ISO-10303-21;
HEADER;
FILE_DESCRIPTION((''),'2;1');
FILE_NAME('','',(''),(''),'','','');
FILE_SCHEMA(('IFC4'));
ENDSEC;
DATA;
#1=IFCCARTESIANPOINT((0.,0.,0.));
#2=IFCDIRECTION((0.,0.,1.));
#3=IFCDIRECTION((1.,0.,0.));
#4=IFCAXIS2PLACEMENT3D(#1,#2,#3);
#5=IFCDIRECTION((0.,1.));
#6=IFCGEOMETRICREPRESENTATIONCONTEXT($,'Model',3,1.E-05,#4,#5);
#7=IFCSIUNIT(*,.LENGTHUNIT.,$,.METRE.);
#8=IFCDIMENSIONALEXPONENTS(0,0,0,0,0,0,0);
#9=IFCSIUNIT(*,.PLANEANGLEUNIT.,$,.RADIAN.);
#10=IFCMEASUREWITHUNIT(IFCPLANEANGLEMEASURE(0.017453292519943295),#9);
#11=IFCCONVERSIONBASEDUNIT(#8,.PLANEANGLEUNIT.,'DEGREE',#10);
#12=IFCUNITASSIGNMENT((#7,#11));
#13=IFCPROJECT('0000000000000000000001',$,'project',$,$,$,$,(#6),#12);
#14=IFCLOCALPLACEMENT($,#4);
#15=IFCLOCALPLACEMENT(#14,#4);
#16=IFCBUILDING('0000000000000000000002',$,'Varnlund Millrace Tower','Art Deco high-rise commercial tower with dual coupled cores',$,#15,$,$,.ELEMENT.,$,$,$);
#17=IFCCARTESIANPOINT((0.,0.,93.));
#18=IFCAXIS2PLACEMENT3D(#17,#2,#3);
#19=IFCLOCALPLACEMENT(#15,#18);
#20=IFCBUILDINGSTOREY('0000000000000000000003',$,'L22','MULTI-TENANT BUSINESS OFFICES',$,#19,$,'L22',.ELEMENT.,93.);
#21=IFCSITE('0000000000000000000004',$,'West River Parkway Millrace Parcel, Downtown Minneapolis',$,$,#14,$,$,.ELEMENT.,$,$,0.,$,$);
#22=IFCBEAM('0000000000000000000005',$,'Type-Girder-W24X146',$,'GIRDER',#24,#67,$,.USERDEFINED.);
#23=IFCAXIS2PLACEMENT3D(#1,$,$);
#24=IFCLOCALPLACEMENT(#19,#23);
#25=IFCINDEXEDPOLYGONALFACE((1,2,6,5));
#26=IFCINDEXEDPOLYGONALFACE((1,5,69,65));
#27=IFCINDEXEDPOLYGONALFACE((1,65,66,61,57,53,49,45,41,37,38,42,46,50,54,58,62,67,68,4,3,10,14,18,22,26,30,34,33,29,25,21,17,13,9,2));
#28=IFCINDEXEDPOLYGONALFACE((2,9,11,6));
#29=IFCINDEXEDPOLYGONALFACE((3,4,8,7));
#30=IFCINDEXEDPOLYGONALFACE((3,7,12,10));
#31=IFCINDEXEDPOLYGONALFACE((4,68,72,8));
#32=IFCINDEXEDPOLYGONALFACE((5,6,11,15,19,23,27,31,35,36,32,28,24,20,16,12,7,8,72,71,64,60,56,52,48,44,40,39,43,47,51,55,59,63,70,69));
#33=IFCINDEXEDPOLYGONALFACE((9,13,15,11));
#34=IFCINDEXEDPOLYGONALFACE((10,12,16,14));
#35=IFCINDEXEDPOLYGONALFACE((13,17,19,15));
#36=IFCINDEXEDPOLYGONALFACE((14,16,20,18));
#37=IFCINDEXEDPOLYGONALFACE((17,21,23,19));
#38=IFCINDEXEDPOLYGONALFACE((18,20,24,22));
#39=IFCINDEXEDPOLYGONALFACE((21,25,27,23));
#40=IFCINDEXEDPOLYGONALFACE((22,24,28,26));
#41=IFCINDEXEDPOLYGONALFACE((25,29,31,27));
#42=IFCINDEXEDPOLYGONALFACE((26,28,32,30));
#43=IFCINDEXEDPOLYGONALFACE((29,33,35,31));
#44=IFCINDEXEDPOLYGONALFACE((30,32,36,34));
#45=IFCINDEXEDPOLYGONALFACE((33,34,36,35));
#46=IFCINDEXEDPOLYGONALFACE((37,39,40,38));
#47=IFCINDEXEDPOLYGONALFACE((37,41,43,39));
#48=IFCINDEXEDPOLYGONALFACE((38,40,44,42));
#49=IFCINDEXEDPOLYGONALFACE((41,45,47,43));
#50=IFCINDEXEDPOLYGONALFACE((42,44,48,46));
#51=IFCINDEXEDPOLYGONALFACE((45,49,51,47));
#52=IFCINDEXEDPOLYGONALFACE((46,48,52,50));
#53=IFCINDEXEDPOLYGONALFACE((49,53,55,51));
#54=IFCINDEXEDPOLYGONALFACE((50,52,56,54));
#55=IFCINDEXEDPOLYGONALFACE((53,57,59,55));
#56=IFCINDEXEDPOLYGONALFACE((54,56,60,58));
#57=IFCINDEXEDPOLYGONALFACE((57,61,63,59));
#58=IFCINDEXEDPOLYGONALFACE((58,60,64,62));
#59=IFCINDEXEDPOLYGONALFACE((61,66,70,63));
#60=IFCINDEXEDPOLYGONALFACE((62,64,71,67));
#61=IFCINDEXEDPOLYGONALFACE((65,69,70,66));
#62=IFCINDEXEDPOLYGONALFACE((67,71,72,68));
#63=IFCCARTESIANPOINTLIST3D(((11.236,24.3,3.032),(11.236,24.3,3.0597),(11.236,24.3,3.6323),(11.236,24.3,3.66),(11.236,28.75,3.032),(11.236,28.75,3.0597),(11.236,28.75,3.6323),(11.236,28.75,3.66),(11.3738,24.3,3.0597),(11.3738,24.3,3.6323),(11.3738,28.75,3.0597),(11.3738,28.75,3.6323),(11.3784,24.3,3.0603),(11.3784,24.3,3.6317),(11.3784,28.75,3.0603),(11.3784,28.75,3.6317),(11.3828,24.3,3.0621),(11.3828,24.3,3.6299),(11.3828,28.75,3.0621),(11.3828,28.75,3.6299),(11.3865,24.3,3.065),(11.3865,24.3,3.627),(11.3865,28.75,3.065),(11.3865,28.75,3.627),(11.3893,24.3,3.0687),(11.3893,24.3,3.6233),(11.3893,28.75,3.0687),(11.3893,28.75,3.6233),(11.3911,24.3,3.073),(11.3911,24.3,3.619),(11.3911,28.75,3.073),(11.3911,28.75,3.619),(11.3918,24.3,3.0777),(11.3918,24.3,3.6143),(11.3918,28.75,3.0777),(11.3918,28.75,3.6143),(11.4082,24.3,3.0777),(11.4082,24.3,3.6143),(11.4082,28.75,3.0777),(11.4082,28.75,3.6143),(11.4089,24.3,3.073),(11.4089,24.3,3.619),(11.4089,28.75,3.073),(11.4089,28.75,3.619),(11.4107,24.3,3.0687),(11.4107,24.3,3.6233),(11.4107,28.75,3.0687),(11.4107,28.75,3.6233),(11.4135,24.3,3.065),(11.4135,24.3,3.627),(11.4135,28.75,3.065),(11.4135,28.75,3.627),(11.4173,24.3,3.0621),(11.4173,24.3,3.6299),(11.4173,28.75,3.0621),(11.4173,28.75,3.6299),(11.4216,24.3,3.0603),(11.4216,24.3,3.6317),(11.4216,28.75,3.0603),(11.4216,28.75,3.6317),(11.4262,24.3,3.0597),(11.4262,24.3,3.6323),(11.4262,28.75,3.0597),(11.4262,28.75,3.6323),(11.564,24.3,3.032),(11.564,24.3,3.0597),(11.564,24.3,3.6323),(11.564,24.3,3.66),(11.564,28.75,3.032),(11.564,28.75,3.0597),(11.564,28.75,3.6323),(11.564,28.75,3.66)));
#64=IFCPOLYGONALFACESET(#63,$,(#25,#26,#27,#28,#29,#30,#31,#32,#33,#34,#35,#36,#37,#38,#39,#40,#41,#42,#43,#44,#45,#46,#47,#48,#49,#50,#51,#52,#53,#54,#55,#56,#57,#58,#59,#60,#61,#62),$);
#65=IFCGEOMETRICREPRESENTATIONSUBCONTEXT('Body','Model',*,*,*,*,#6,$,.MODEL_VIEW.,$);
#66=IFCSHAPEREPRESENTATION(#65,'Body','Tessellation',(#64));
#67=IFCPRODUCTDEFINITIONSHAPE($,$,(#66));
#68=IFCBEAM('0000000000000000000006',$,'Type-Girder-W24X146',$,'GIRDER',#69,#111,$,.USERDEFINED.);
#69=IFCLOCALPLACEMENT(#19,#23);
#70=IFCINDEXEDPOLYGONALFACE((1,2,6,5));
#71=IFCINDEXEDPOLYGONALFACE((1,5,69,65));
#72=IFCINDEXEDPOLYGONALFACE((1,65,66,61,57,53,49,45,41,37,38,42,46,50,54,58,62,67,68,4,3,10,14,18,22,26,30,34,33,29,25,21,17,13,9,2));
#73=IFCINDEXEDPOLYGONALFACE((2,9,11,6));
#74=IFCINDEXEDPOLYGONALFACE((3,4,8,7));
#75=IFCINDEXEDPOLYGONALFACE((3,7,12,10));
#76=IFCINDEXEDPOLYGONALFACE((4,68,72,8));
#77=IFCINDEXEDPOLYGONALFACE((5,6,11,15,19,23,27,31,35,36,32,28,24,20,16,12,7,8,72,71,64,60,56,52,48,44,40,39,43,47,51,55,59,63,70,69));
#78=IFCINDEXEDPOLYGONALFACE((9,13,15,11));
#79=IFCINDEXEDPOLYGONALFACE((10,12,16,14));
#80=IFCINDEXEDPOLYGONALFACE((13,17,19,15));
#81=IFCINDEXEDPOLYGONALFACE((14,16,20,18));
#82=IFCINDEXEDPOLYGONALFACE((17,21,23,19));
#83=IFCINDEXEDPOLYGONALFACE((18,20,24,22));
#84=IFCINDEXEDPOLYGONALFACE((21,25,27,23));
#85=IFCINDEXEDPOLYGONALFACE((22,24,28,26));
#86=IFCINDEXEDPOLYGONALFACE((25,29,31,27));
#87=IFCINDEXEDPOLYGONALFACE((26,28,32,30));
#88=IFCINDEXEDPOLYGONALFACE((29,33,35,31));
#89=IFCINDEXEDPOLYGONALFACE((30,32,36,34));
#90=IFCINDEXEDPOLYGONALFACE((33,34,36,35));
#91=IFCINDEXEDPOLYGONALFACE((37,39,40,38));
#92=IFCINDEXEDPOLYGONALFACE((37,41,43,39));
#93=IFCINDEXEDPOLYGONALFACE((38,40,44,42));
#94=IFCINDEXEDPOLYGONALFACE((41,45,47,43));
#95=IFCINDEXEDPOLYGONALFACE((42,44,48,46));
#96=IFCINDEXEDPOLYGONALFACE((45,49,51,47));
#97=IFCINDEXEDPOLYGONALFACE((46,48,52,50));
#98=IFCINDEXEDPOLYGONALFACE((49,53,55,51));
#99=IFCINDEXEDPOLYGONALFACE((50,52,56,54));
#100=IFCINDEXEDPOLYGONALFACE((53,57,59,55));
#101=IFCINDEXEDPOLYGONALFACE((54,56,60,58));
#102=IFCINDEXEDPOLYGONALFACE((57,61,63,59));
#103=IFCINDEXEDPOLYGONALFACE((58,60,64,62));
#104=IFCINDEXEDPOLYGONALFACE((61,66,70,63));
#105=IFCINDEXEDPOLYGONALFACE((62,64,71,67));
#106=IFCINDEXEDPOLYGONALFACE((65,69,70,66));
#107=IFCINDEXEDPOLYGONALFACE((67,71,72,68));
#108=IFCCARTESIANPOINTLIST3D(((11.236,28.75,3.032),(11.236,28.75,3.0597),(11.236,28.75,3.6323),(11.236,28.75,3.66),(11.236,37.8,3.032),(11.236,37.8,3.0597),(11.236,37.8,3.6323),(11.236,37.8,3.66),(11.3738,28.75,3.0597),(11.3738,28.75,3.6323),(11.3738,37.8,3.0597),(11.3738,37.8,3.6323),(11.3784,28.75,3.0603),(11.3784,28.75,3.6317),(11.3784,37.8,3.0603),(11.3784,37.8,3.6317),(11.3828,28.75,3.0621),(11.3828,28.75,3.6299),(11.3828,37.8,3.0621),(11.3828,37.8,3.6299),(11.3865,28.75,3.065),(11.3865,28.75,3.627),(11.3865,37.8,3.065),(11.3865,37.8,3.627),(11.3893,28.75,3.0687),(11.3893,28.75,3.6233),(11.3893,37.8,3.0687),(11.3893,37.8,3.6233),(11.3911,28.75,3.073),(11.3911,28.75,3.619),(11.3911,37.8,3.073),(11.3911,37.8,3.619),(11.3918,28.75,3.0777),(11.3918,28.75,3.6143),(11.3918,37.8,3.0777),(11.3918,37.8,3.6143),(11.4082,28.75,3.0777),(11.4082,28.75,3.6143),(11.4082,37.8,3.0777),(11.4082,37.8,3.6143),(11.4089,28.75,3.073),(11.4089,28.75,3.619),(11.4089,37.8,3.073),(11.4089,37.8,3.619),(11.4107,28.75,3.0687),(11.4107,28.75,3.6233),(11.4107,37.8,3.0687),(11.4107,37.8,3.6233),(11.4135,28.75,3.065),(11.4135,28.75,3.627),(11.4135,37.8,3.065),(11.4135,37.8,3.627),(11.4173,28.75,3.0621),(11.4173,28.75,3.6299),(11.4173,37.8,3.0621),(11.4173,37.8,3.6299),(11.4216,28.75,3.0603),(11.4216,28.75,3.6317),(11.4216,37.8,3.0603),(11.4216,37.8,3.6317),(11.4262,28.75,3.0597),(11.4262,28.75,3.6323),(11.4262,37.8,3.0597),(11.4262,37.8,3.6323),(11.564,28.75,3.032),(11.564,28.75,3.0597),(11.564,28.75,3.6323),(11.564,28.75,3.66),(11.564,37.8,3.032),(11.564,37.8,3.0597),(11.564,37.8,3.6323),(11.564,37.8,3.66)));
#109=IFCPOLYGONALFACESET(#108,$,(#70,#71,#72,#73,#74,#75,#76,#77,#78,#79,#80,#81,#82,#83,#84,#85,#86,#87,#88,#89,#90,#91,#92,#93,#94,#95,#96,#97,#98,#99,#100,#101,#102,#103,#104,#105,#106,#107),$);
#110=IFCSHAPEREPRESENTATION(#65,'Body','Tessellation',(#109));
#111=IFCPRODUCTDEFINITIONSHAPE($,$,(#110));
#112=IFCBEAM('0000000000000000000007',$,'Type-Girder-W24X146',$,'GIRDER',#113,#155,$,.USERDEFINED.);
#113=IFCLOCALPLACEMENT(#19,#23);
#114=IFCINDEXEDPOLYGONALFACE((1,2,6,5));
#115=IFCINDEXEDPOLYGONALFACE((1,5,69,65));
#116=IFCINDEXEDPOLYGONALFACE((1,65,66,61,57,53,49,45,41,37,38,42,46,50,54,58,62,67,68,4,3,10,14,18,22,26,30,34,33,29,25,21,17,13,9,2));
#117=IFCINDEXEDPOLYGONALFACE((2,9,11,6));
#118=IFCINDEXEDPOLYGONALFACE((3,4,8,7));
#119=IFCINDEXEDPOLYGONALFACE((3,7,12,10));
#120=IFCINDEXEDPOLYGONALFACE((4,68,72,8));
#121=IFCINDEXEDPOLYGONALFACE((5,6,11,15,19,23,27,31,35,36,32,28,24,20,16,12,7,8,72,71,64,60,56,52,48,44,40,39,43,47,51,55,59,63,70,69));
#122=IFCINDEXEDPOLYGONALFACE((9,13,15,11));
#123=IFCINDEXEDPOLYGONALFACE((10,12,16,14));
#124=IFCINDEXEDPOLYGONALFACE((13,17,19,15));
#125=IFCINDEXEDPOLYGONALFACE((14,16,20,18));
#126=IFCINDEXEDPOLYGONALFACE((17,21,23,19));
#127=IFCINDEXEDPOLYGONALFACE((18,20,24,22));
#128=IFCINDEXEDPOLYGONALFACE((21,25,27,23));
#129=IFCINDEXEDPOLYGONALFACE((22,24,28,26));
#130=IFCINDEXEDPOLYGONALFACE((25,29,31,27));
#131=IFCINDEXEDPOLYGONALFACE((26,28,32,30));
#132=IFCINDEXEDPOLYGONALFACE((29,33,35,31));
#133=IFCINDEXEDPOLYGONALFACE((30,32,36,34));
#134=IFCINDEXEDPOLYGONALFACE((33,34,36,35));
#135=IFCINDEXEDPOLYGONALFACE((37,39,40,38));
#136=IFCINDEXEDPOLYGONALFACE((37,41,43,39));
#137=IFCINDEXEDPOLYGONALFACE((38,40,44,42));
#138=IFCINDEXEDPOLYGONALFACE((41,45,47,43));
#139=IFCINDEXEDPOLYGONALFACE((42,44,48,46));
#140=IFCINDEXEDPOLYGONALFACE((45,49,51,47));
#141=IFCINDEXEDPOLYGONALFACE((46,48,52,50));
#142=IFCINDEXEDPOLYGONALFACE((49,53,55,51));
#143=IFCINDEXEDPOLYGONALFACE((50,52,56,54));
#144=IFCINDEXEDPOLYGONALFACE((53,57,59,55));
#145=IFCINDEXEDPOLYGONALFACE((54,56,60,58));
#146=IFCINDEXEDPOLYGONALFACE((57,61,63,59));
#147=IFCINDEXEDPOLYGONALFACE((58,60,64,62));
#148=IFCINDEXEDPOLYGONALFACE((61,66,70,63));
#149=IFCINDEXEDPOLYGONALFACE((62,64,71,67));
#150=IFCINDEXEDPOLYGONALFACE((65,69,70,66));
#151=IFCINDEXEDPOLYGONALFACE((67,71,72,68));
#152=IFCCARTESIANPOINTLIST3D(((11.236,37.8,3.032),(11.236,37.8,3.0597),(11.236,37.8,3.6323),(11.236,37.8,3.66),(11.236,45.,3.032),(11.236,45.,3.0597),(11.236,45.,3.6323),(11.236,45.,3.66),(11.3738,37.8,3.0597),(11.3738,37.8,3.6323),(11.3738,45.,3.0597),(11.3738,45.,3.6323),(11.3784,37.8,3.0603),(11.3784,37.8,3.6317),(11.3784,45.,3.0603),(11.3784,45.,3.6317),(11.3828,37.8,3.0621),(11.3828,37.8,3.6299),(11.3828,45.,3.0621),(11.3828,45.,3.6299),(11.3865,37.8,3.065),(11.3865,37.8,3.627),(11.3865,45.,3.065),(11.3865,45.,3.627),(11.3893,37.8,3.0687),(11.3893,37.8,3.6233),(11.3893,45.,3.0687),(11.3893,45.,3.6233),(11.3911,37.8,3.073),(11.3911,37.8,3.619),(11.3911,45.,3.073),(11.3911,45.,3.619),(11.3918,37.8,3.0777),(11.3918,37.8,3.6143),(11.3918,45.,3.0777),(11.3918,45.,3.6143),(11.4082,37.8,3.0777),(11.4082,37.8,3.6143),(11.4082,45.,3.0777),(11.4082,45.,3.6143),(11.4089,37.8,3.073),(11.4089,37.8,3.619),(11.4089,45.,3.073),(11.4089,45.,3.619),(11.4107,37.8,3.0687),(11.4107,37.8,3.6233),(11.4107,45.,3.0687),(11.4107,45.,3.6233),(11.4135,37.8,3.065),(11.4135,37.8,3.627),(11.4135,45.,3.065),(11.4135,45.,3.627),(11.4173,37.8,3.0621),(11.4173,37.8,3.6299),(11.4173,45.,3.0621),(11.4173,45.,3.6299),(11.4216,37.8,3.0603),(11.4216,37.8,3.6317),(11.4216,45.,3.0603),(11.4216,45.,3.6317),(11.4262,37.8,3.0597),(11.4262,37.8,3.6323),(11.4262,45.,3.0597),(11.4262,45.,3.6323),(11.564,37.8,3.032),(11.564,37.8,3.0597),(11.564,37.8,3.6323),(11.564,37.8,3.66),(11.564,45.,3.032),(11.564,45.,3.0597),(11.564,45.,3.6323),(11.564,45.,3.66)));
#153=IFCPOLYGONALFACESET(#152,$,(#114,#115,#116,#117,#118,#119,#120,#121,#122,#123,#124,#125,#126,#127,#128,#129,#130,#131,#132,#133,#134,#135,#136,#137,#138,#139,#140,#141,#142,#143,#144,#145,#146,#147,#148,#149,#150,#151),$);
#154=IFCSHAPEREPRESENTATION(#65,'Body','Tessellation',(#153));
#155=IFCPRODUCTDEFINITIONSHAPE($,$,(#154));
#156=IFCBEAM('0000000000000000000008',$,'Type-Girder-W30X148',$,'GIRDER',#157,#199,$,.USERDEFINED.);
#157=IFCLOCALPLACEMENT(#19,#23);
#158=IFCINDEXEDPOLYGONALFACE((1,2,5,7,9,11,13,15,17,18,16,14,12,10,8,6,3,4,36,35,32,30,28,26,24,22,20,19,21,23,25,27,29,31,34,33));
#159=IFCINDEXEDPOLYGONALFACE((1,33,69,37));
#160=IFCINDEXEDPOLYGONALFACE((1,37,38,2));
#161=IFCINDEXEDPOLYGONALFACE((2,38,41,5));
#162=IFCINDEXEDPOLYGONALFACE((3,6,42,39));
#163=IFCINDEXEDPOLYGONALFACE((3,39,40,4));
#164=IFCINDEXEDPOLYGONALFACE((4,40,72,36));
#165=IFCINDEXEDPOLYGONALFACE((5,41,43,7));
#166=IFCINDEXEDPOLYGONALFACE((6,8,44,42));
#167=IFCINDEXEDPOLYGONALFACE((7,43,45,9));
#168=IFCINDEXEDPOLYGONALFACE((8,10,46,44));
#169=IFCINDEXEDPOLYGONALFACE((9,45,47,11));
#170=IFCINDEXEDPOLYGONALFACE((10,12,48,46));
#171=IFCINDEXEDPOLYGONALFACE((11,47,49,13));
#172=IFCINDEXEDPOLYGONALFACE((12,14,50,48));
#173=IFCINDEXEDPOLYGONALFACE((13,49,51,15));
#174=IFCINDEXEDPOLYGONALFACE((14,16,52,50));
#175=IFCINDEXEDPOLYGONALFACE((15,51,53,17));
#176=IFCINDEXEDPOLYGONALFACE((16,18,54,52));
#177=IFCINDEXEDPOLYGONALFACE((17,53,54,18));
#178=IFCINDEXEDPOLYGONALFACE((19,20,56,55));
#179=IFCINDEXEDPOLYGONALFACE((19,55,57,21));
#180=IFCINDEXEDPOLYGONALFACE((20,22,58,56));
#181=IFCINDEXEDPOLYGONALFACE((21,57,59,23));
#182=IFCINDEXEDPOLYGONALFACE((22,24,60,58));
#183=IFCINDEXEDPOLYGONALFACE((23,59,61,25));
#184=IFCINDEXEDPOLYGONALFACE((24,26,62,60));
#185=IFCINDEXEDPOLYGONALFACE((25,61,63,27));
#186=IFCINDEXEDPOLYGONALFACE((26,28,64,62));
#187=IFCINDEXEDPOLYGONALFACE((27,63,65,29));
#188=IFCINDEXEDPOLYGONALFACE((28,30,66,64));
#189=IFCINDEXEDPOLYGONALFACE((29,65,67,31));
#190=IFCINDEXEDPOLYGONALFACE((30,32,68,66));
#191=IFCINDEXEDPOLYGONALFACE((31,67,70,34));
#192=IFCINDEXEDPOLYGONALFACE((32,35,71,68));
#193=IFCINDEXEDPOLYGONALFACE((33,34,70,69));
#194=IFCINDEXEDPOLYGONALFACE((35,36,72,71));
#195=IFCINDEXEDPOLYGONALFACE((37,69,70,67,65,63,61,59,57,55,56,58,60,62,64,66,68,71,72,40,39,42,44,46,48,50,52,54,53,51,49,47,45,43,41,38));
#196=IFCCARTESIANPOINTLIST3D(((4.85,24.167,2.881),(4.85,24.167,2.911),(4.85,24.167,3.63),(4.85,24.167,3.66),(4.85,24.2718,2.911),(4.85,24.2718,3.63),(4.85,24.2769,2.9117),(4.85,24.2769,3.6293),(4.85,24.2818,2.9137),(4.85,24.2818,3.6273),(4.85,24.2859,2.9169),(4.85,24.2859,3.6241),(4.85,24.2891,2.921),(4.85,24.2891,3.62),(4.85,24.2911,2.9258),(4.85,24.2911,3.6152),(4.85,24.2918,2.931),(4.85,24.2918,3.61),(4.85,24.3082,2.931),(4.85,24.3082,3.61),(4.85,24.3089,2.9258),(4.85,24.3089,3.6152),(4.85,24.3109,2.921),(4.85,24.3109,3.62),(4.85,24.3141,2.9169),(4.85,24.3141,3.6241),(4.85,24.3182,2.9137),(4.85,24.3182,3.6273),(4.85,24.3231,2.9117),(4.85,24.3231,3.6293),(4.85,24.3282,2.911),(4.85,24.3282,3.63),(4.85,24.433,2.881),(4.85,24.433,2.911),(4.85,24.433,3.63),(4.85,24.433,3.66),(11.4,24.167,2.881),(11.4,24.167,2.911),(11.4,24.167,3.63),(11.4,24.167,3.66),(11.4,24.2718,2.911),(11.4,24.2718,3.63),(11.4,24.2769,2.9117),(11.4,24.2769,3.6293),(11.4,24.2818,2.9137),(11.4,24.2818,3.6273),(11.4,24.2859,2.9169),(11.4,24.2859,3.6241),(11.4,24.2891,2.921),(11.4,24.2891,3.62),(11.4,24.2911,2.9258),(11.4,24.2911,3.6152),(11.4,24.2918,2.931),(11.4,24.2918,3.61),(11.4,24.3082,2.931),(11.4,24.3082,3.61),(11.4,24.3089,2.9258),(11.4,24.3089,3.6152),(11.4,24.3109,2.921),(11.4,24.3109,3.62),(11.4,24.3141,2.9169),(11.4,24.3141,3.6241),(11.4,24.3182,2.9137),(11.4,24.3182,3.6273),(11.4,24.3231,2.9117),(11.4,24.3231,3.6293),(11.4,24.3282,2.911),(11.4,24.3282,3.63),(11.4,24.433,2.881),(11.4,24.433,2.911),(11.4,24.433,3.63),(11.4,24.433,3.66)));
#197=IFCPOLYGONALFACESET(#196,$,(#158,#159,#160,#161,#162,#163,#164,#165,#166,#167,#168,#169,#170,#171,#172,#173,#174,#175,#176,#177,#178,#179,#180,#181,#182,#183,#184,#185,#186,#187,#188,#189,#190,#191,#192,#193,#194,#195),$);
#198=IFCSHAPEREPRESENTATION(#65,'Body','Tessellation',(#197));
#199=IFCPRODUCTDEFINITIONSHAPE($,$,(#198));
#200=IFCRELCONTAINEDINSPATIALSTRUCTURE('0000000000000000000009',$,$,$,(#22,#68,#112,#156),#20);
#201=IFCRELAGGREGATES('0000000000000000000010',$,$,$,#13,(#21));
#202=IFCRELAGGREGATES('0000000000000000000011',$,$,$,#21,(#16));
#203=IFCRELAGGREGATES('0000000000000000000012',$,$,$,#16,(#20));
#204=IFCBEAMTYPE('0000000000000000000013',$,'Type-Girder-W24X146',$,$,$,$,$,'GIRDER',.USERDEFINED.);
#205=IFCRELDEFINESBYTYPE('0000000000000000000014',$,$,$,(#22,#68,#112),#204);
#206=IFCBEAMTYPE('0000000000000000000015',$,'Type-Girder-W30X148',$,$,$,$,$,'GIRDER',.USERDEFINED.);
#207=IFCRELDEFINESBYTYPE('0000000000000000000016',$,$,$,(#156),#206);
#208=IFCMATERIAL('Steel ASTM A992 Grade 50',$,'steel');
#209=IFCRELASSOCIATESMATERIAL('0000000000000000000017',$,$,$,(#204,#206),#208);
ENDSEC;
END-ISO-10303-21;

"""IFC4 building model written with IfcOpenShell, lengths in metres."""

from ifc_helpers import new_model, entity, si_unit, converted_unit, direction, frame, origin_with_axes, origin_2d_with_axis, place, context, subcontext, project, spatial, i_section, extrude, material, material_profile, profile_set, type_object, element, save


model = new_model("IFC4")

# Units and contexts
model_context = context("Model", 3, precision=1e-05, world=origin_with_axes(), true_north=direction((0.0, 1.0)))
body_context = subcontext(model_context, "Body", "Model", "MODEL_VIEW")
ifc_project = project(units=[si_unit("LENGTHUNIT", "METRE"), converted_unit("PLANEANGLEUNIT", "DEGREE", entity("IfcPlaneAngleMeasure", 0.017453292519943295), si_unit("PLANEANGLEUNIT", "RADIAN"), dimensions=[0, 0, 0, 0, 0, 0, 0])], contexts=[model_context])

# Site, building, storey
site_placement = place(None, origin_with_axes())
site = spatial("IfcSite", under=ifc_project, at=site_placement, Name="West River Parkway Millrace Parcel, Downtown Minneapolis", CompositionType="ELEMENT", RefElevation=0.0)
building_placement = place(site_placement, origin_with_axes())
building = spatial("IfcBuilding", under=site, at=building_placement, Name="Varnlund Millrace Tower", Description="Art Deco high-rise commercial tower with dual coupled cores", CompositionType="ELEMENT")
storey_placement = place(building_placement, frame((0.0, 0.0, 93.0), z_axis=(0.0, 0.0, 1.0), x_axis=(1.0, 0.0, 0.0)))
storey = spatial("IfcBuildingStorey", under=building, at=storey_placement, Name="L22", Description="MULTI-TENANT BUSINESS OFFICES", LongName="L22", CompositionType="ELEMENT", Elevation=93.0)

# Beams
ifc_material_1 = material(Name="Steel ASTM A992 Grade 50", Category="steel")
ifc_material_profile_1 = material_profile(ifc_material_1, i_section(OverallWidth=0.328, OverallDepth=0.628, WebThickness=0.0165, FlangeThickness=0.0277, FilletRadius=0.018, at=origin_2d_with_axis()), Name="Steel ASTM A992 Grade 50")
ifc_profile_set_1 = profile_set([ifc_material_profile_1], Name="Steel ASTM A992 Grade 50")
beam_type_1 = type_object("IfcBeamType", Name="Type-Girder-W24X146", ElementType="GIRDER", PredefinedType="USERDEFINED", material=ifc_profile_set_1)
beam_1_placement = place(storey_placement, frame((11.4, 24.3, 3.346), z_axis=(0.0, 1.0, 0.0), x_axis=(-1.0, 0.0, 0.0)))
element("IfcBeam", 1, at=beam_1_placement, inside=storey, type_object=beam_type_1, Name="Type-Girder-W24X146", ObjectType="GIRDER", PredefinedType="USERDEFINED", context=body_context, shape_type="SweptSolid", body=[
    extrude(i_section(OverallWidth=0.328, OverallDepth=0.628, WebThickness=0.0165, FlangeThickness=0.0277, FilletRadius=0.018, at=origin_2d_with_axis()), origin_with_axes(), (0.0, 0.0, 1.0), 4.45),
])
beam_2_placement = place(storey_placement, frame((11.4, 28.75, 3.346), z_axis=(0.0, 1.0, 0.0), x_axis=(-1.0, 0.0, 0.0)))
element("IfcBeam", 2, at=beam_2_placement, inside=storey, type_object=beam_type_1, Name="Type-Girder-W24X146", ObjectType="GIRDER", PredefinedType="USERDEFINED", context=body_context, shape_type="SweptSolid", body=[
    extrude(i_section(OverallWidth=0.328, OverallDepth=0.628, WebThickness=0.0165, FlangeThickness=0.0277, FilletRadius=0.018, at=origin_2d_with_axis()), origin_with_axes(), (0.0, 0.0, 1.0), 9.05),
])
beam_3_placement = place(storey_placement, frame((11.4, 37.8, 3.346), z_axis=(0.0, 1.0, 0.0), x_axis=(-1.0, 0.0, 0.0)))
element("IfcBeam", 3, at=beam_3_placement, inside=storey, type_object=beam_type_1, Name="Type-Girder-W24X146", ObjectType="GIRDER", PredefinedType="USERDEFINED", context=body_context, shape_type="SweptSolid", body=[
    extrude(i_section(OverallWidth=0.328, OverallDepth=0.628, WebThickness=0.0165, FlangeThickness=0.0277, FilletRadius=0.018, at=origin_2d_with_axis()), origin_with_axes(), (0.0, 0.0, 1.0), 7.2),
])
ifc_material_profile_2 = material_profile(ifc_material_1, i_section(OverallWidth=0.266, OverallDepth=0.779, WebThickness=0.0165, FlangeThickness=0.03, FilletRadius=0.02, at=origin_2d_with_axis()), Name="Steel ASTM A992 Grade 50")
ifc_profile_set_2 = profile_set([ifc_material_profile_2], Name="Steel ASTM A992 Grade 50")
beam_type_2 = type_object("IfcBeamType", Name="Type-Girder-W30X148", ElementType="GIRDER", PredefinedType="USERDEFINED", material=ifc_profile_set_2)
beam_4_placement = place(storey_placement, frame((4.85, 24.3, 3.2705), z_axis=(1.0, 0.0, 0.0), x_axis=(0.0, 1.0, 0.0)))
element("IfcBeam", 4, at=beam_4_placement, inside=storey, type_object=beam_type_2, Name="Type-Girder-W30X148", ObjectType="GIRDER", PredefinedType="USERDEFINED", context=body_context, shape_type="SweptSolid", body=[
    extrude(i_section(OverallWidth=0.266, OverallDepth=0.779, WebThickness=0.0165, FlangeThickness=0.03, FilletRadius=0.02, at=origin_2d_with_axis()), origin_with_axes(), (0.0, 0.0, 1.0), 6.55),
])

save(model, "model.ifc")
